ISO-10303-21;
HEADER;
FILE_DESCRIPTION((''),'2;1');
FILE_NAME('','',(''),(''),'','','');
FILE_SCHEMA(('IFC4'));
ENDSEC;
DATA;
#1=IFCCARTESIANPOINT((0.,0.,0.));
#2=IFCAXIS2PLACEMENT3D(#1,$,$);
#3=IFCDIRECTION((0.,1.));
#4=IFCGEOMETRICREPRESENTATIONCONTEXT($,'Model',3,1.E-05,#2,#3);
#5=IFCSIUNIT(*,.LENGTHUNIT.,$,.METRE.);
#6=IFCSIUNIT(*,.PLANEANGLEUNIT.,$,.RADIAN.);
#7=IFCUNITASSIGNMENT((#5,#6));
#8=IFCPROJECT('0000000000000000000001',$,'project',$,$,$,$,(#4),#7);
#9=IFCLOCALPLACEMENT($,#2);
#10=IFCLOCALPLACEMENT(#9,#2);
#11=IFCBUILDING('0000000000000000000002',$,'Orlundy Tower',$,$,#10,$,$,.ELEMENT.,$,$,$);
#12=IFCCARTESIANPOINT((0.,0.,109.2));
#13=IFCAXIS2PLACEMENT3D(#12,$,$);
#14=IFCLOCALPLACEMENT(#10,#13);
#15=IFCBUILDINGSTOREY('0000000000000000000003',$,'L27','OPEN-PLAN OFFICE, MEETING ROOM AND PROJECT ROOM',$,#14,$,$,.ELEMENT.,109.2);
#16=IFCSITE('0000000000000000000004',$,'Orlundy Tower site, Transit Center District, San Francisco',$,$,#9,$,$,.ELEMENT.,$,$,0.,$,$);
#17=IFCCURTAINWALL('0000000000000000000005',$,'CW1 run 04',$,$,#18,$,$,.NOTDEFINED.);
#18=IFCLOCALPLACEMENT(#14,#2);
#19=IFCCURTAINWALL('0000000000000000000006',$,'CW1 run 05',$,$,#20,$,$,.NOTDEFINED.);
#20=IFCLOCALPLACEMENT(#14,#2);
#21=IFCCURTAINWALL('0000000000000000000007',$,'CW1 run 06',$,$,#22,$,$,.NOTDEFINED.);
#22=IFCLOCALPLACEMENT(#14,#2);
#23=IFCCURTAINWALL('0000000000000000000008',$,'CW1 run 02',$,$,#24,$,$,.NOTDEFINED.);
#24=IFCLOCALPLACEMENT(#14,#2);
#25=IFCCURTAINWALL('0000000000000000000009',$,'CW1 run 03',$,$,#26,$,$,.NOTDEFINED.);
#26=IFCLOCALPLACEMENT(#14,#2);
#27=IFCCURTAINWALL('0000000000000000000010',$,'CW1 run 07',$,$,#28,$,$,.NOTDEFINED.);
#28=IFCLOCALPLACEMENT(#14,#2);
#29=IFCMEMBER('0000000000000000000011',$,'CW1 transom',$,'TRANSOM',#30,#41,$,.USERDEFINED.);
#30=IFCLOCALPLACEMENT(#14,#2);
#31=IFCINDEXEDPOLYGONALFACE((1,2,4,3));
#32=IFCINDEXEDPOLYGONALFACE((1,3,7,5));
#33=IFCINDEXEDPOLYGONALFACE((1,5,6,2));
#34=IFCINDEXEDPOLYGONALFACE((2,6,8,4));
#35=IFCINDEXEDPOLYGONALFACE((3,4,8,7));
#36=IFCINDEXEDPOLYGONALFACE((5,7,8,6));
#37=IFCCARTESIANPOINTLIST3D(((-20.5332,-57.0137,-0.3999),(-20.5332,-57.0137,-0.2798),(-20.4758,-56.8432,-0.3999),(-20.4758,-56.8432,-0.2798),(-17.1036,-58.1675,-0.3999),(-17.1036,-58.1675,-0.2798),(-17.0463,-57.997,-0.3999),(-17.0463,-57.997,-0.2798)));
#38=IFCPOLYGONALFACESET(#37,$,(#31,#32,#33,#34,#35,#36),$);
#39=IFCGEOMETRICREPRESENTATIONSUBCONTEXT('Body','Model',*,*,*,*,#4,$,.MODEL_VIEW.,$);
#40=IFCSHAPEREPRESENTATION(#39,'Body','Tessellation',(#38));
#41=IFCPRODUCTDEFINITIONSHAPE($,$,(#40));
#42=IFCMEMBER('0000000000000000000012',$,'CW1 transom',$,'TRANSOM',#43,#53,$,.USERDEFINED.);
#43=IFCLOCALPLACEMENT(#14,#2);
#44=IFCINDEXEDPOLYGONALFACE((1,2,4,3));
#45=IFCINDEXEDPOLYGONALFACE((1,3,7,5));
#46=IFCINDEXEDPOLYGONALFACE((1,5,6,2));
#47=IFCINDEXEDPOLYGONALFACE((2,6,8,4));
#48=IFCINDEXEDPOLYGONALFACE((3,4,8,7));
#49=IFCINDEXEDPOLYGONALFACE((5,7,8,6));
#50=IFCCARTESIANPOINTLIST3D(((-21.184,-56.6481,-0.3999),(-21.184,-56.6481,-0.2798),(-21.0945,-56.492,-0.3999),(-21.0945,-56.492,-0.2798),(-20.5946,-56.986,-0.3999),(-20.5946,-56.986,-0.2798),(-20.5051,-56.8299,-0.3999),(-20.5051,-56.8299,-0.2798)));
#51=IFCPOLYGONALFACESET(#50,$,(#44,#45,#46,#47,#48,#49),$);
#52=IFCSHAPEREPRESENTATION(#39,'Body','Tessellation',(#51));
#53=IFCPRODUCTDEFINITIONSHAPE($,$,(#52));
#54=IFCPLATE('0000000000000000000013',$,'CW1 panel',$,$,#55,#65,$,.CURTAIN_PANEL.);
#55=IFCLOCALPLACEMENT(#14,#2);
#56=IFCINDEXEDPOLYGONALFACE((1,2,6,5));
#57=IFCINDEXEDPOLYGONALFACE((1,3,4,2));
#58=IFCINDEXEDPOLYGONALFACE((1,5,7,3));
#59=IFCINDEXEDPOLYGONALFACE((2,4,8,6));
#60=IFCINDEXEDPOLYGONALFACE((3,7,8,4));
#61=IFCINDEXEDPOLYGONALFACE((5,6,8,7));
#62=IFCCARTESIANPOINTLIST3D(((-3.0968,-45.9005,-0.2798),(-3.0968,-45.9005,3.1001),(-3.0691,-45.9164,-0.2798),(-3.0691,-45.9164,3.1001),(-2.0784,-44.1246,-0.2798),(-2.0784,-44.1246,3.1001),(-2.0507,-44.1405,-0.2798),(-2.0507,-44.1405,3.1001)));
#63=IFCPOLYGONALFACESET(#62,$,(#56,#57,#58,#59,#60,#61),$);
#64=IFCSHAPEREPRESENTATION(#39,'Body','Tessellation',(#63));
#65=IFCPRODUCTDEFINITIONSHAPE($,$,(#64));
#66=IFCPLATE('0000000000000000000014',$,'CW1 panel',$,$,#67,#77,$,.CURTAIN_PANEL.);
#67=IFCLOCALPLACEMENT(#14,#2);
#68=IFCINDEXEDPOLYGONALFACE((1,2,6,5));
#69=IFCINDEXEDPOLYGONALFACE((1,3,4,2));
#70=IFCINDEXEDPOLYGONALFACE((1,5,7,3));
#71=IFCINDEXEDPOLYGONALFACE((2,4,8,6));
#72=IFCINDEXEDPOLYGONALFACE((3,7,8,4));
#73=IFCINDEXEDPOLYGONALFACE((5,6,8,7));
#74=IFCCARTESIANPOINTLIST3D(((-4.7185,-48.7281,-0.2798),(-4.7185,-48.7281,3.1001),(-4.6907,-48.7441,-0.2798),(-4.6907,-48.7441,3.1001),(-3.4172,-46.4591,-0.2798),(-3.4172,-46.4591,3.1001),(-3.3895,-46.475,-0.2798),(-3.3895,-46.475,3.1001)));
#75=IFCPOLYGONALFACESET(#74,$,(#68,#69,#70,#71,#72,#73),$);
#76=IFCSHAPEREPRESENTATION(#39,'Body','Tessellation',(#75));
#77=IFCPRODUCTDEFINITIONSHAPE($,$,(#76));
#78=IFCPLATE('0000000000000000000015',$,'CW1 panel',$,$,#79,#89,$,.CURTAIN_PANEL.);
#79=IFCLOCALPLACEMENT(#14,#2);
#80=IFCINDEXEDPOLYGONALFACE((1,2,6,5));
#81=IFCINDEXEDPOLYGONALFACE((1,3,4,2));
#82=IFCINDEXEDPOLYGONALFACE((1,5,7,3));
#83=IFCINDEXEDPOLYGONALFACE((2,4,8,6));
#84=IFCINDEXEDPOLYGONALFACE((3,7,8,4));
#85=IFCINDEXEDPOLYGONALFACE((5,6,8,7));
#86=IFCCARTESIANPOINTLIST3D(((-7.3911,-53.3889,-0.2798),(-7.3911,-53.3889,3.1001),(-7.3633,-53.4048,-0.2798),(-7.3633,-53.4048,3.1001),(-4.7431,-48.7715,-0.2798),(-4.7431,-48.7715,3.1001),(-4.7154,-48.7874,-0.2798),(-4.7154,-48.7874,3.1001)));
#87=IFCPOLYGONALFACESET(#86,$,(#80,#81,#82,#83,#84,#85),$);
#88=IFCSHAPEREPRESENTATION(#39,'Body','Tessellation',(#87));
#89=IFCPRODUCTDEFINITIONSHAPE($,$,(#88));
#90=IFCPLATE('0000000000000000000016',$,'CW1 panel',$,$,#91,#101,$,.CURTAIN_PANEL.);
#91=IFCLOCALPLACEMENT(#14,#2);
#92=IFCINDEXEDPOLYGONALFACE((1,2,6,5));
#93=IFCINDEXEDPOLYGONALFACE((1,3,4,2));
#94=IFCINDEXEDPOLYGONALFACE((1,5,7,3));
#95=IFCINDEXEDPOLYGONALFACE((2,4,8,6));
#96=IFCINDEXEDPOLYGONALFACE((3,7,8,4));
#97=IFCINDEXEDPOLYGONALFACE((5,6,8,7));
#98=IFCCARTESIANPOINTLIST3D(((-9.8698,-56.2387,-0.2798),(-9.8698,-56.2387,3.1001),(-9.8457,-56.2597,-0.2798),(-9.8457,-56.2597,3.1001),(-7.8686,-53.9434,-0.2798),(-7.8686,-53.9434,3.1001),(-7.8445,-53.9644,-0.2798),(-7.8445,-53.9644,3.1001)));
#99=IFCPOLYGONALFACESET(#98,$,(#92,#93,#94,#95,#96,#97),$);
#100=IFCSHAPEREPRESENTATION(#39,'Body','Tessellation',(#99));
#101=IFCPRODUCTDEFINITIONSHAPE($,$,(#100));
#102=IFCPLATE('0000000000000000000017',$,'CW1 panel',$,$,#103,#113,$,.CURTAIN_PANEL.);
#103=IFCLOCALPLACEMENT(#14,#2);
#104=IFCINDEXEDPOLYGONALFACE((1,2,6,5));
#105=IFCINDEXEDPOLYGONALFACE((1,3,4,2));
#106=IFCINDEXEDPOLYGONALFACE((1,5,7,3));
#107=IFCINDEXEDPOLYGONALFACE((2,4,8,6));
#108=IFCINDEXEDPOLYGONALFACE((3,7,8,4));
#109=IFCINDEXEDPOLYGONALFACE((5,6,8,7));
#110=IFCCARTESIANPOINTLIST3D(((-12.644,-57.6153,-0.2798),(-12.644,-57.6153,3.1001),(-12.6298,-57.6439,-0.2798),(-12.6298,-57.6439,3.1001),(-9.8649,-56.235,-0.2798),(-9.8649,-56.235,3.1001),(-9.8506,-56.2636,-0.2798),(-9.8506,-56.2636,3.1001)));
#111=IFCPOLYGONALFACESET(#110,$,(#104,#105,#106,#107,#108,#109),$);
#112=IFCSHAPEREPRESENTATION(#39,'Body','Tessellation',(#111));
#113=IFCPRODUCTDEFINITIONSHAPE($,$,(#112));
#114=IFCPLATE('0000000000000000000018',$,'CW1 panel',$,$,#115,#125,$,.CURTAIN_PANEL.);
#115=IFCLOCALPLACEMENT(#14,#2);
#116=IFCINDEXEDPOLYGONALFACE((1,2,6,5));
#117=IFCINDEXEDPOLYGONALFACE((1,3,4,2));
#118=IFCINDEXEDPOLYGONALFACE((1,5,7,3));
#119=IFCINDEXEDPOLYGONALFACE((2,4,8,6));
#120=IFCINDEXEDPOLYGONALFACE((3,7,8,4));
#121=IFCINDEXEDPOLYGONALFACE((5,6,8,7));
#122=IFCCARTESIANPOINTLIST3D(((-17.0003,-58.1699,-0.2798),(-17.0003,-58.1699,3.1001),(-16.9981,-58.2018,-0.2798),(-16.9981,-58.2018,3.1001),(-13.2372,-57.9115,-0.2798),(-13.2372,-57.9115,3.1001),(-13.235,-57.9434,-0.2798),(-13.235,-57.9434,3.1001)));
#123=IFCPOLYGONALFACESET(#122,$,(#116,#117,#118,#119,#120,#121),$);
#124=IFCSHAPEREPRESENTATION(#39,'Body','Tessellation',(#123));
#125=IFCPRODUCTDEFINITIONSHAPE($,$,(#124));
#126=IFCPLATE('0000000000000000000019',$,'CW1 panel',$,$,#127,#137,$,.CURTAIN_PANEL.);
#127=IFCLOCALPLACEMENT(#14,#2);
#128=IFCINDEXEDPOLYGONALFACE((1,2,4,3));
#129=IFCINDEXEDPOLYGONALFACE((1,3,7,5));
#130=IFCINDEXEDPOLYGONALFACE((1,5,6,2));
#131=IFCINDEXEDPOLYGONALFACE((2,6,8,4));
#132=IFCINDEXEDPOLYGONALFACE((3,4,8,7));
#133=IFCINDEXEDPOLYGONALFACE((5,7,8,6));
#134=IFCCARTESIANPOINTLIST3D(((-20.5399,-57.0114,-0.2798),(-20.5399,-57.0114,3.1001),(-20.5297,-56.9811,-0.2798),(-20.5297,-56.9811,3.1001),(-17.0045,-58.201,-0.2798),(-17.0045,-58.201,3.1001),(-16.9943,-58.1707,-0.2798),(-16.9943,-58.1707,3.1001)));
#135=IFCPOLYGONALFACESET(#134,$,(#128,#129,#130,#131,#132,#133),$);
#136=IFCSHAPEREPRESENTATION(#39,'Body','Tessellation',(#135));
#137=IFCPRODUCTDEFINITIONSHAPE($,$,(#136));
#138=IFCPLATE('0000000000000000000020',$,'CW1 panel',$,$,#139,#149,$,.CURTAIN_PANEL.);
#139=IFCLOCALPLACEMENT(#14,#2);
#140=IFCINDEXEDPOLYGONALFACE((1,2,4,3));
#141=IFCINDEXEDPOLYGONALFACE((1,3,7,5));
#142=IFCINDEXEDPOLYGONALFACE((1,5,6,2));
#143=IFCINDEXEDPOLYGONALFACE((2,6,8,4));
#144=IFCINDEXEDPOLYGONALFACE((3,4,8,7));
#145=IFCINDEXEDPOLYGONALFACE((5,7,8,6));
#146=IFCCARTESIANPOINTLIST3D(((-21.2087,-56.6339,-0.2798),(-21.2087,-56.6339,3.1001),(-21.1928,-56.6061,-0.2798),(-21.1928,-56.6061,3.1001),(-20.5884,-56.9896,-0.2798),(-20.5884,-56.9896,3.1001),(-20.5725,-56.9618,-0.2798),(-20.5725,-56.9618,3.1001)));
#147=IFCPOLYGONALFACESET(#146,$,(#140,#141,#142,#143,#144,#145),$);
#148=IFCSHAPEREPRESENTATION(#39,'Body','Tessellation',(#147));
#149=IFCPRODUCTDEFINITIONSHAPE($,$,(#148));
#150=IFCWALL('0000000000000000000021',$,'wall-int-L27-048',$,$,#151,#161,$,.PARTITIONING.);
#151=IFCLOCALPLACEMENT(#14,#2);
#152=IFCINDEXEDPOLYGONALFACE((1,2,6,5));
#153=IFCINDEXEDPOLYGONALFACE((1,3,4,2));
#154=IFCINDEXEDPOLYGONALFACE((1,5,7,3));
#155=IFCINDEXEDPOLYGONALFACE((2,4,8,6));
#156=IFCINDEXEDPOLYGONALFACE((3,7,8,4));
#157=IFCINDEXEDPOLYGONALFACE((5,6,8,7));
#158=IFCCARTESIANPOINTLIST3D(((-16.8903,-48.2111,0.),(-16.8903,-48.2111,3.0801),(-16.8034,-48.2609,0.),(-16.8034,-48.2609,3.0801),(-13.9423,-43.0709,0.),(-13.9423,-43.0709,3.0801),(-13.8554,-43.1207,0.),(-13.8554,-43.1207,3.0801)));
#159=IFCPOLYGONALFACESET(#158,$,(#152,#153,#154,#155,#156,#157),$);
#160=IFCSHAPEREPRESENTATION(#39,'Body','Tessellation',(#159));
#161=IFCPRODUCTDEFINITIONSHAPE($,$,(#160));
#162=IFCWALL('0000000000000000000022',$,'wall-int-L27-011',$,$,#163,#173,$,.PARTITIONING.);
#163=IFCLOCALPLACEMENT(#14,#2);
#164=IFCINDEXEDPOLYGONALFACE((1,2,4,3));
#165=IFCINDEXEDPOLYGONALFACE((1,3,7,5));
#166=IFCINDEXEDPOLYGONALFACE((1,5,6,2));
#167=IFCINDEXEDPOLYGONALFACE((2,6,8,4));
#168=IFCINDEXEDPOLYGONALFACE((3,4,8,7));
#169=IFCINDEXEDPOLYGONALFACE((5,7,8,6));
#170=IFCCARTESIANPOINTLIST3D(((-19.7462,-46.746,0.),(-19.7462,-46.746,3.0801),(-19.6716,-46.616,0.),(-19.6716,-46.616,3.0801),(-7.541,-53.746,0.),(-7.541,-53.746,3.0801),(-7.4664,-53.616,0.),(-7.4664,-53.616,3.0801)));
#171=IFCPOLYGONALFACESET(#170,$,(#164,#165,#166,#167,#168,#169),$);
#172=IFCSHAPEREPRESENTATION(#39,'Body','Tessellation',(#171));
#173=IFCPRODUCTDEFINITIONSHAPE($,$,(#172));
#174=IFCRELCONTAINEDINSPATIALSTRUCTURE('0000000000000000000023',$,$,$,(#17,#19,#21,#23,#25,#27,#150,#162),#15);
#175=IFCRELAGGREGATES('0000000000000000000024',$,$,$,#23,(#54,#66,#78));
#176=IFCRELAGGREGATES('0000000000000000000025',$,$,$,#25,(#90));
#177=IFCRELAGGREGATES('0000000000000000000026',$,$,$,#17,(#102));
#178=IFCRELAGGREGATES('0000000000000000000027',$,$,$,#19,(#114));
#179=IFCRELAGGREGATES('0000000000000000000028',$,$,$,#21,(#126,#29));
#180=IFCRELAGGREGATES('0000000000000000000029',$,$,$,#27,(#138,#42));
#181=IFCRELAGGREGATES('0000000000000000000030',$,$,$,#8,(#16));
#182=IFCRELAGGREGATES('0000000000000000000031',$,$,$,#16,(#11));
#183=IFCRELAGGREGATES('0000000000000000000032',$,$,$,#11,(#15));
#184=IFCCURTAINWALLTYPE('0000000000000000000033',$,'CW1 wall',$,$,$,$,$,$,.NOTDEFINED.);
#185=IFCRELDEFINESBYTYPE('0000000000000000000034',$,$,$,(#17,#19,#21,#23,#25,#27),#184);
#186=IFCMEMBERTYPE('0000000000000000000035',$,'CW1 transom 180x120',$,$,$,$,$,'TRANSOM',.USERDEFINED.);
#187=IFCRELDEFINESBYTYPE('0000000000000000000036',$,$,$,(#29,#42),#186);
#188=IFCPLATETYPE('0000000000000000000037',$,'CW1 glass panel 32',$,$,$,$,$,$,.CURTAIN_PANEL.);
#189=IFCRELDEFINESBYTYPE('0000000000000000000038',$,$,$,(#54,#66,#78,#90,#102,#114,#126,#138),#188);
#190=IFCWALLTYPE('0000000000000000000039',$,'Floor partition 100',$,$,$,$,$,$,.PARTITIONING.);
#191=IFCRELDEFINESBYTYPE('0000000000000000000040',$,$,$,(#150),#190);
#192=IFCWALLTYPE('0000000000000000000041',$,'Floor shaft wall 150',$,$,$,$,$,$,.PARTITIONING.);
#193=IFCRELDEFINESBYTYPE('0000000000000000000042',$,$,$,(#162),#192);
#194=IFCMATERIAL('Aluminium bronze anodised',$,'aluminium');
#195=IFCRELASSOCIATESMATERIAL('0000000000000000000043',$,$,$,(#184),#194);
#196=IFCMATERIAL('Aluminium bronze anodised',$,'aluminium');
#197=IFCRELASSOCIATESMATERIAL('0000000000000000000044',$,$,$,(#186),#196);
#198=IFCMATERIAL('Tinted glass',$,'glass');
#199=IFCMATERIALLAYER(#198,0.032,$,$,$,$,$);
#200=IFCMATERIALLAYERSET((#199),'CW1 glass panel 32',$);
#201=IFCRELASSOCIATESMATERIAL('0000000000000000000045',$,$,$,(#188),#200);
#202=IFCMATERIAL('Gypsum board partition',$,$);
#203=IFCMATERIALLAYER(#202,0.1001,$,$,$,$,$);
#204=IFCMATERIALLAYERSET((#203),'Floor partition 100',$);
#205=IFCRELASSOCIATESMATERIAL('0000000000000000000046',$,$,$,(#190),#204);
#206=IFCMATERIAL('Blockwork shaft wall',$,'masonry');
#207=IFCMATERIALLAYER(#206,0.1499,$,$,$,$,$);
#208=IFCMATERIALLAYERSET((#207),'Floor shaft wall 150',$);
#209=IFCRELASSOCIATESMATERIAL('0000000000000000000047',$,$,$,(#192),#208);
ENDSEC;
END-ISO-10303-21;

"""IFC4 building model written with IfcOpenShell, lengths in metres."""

from ifc_helpers import new_model, si_unit, direction, frame, frame_2d, origin, origin_2d, place, context, subcontext, project, spatial, rectangle, extrude, material, layer, layer_set, material_profile, profile_set, type_object, element, aggregate, save


model = new_model("IFC4")

# Units and contexts
model_context = context("Model", 3, precision=1e-05, world=origin(), true_north=direction((0.0, 1.0)))
body_context = subcontext(model_context, "Body", "Model", "MODEL_VIEW")
ifc_project = project(units=[si_unit("LENGTHUNIT", "METRE"), si_unit("PLANEANGLEUNIT", "RADIAN")], contexts=[model_context])

# Site, building, storey
site_placement = place(None, origin())
site = spatial("IfcSite", under=ifc_project, at=site_placement, Name="Orlundy Tower site, Transit Center District, San Francisco", CompositionType="ELEMENT", RefElevation=0.0)
building_placement = place(site_placement, origin())
building = spatial("IfcBuilding", under=site, at=building_placement, Name="Orlundy Tower", CompositionType="ELEMENT")
storey_placement = place(building_placement, frame((0.0, 0.0, 109.2)))
storey = spatial("IfcBuildingStorey", under=building, at=storey_placement, Name="L27", Description="OPEN-PLAN OFFICE, MEETING ROOM AND PROJECT ROOM", CompositionType="ELEMENT", Elevation=109.2)

# Curtain walls
ifc_material_1 = material(Name="Aluminium bronze anodised", Category="aluminium")
curtain_wall_type = type_object("IfcCurtainWallType", Name="CW1 wall", PredefinedType="NOTDEFINED", material=ifc_material_1)
curtain_wall_1_placement = place(storey_placement, origin())
curtain_wall_1 = element("IfcCurtainWall", 1, at=curtain_wall_1_placement, inside=storey, type_object=curtain_wall_type, Name="CW1 run 04", PredefinedType="NOTDEFINED")
curtain_wall_2_placement = place(storey_placement, origin())
curtain_wall_2 = element("IfcCurtainWall", 2, at=curtain_wall_2_placement, inside=storey, type_object=curtain_wall_type, Name="CW1 run 05", PredefinedType="NOTDEFINED")
curtain_wall_3_placement = place(storey_placement, origin())
curtain_wall_3 = element("IfcCurtainWall", 3, at=curtain_wall_3_placement, inside=storey, type_object=curtain_wall_type, Name="CW1 run 06", PredefinedType="NOTDEFINED")
curtain_wall_4_placement = place(storey_placement, origin())
curtain_wall_4 = element("IfcCurtainWall", 4, at=curtain_wall_4_placement, inside=storey, type_object=curtain_wall_type, Name="CW1 run 02", PredefinedType="NOTDEFINED")
curtain_wall_5_placement = place(storey_placement, origin())
curtain_wall_5 = element("IfcCurtainWall", 5, at=curtain_wall_5_placement, inside=storey, type_object=curtain_wall_type, Name="CW1 run 03", PredefinedType="NOTDEFINED")
curtain_wall_6_placement = place(storey_placement, origin())
curtain_wall_6 = element("IfcCurtainWall", 6, at=curtain_wall_6_placement, inside=storey, type_object=curtain_wall_type, Name="CW1 run 07", PredefinedType="NOTDEFINED")

# Members
ifc_material_2 = material(Name="Aluminium bronze anodised", Category="aluminium")
ifc_material_profile_1 = material_profile(ifc_material_2, rectangle(XDim=0.1799, YDim=0.1201, at=origin_2d()), Name="CW1 transom 180x120")
ifc_profile_set_1 = profile_set([ifc_material_profile_1], Name="Aluminium bronze anodised")
member_type_1 = type_object("IfcMemberType", Name="CW1 transom 180x120", ElementType="TRANSOM", PredefinedType="USERDEFINED", material=ifc_profile_set_1)
member_1_placement = place(storey_placement, frame((-17.075, -58.0823, -0.3398), z_axis=(-0.947796, 0.318878, 0.0), x_axis=(-0.318878, -0.947796, 0.0)))
member_1 = element("IfcMember", 7, at=member_1_placement, type_object=member_type_1, Name="CW1 transom", ObjectType="TRANSOM", PredefinedType="USERDEFINED", context=body_context, shape_type="SweptSolid", body=[
    extrude(rectangle(XDim=0.1799, YDim=0.1201, at=origin_2d()), origin(), (0.0, 0.0, 1.0), 3.6184),
])
member_2_placement = place(storey_placement, frame((-20.5498, -56.908, -0.3398), z_axis=(-0.867535, 0.497377, 0.0), x_axis=(-0.497377, -0.867535, 0.0)))
member_2 = element("IfcMember", 8, at=member_2_placement, type_object=member_type_1, Name="CW1 transom", ObjectType="TRANSOM", PredefinedType="USERDEFINED", context=body_context, shape_type="SweptSolid", body=[
    extrude(rectangle(XDim=0.1799, YDim=0.1201, at=origin_2d()), origin(), (0.0, 0.0, 1.0), 0.6794),
])

# Plates
ifc_material_3 = material(Name="Tinted glass", Category="glass")
ifc_layer_1 = layer(ifc_material_3, 0.032)
ifc_layer_set_1 = layer_set([ifc_layer_1], Name="CW1 glass panel 32")
plate_type = type_object("IfcPlateType", Name="CW1 glass panel 32", PredefinedType="CURTAIN_PANEL", material=ifc_layer_set_1)
plate_1_placement = place(storey_placement, frame((-2.5737, -45.0205, -0.2798), z_axis=(0.0, 0.0, 1.0), x_axis=(-0.497473, -0.867479, 0.0)))
plate_1 = element("IfcPlate", 9, at=plate_1_placement, type_object=plate_type, Name="CW1 panel", PredefinedType="CURTAIN_PANEL", context=body_context, shape_type="SweptSolid", body=[
    extrude(rectangle(XDim=2.0471, YDim=0.032, at=origin_2d()), origin(), (0.0, 0.0, 1.0), 3.3799),
])
plate_2_placement = place(storey_placement, frame((-4.054, -47.6016, -0.2798), z_axis=(0.0, 0.0, 1.0), x_axis=(-0.497473, -0.867479, 0.0)))
plate_2 = element("IfcPlate", 10, at=plate_2_placement, type_object=plate_type, Name="CW1 panel", PredefinedType="CURTAIN_PANEL", context=body_context, shape_type="SweptSolid", body=[
    extrude(rectangle(XDim=2.6157, YDim=0.032, at=origin_2d()), origin(), (0.0, 0.0, 1.0), 3.3799),
])
plate_3_placement = place(storey_placement, frame((-6.0532, -51.0881, -0.2798), z_axis=(0.0, 0.0, 1.0), x_axis=(-0.497473, -0.867479, 0.0)))
plate_3 = element("IfcPlate", 11, at=plate_3_placement, type_object=plate_type, Name="CW1 panel", PredefinedType="CURTAIN_PANEL", context=body_context, shape_type="SweptSolid", body=[
    extrude(rectangle(XDim=5.3228, YDim=0.032, at=origin_2d()), origin(), (0.0, 0.0, 1.0), 3.3799),
])
aggregate(curtain_wall_4, [plate_1, plate_2, plate_3])
plate_4_placement = place(storey_placement, frame((-8.8572, -55.1016, -0.2798), z_axis=(0.0, 0.0, 1.0), x_axis=(-0.657167, -0.753745, 0.0)))
plate_4 = element("IfcPlate", 12, at=plate_4_placement, type_object=plate_type, Name="CW1 panel", PredefinedType="CURTAIN_PANEL", context=body_context, shape_type="SweptSolid", body=[
    extrude(rectangle(XDim=3.0452, YDim=0.032, at=origin_2d()), origin(), (0.0, 0.0, 1.0), 3.3799),
])
aggregate(curtain_wall_5, [plate_4])
plate_5_placement = place(storey_placement, frame((-11.2473, -56.9395, -0.2798), z_axis=(0.0, 0.0, 1.0), x_axis=(-0.895611, -0.444838, 0.0)))
plate_5 = element("IfcPlate", 13, at=plate_5_placement, type_object=plate_type, Name="CW1 panel", PredefinedType="CURTAIN_PANEL", context=body_context, shape_type="SweptSolid", body=[
    extrude(rectangle(XDim=3.103, YDim=0.032, at=origin_2d()), origin(), (0.0, 0.0, 1.0), 3.3799),
])
aggregate(curtain_wall_1, [plate_5])
plate_6_placement = place(storey_placement, frame((-15.1177, -58.0566, -0.2798), z_axis=(0.0, 0.0, 1.0), x_axis=(-0.997649, -0.068524, 0.0)))
plate_6 = element("IfcPlate", 14, at=plate_6_placement, type_object=plate_type, Name="CW1 panel", PredefinedType="CURTAIN_PANEL", context=body_context, shape_type="SweptSolid", body=[
    extrude(rectangle(XDim=3.772, YDim=0.032, at=origin_2d()), origin(), (0.0, 0.0, 1.0), 3.3799),
])
aggregate(curtain_wall_2, [plate_6])
plate_7_placement = place(storey_placement, frame((-18.7671, -57.5911, -0.2798), z_axis=(0.0, 0.0, 1.0), x_axis=(-0.947789, 0.318897, 0.0)))
plate_7 = element("IfcPlate", 15, at=plate_7_placement, type_object=plate_type, Name="CW1 panel", PredefinedType="CURTAIN_PANEL", context=body_context, shape_type="SweptSolid", body=[
    extrude(rectangle(XDim=3.7302, YDim=0.032, at=origin_2d()), origin(), (0.0, 0.0, 1.0), 3.3799),
])
aggregate(curtain_wall_3, [plate_7, member_1])
plate_8_placement = place(storey_placement, frame((-20.8906, -56.7979, -0.2798), z_axis=(0.0, 0.0, 1.0), x_axis=(-0.867477, 0.497477, 0.0)))
plate_8 = element("IfcPlate", 16, at=plate_8_placement, type_object=plate_type, Name="CW1 panel", PredefinedType="CURTAIN_PANEL", context=body_context, shape_type="SweptSolid", body=[
    extrude(rectangle(XDim=0.7151, YDim=0.032, at=origin_2d()), origin(), (0.0, 0.0, 1.0), 3.3799),
])
aggregate(curtain_wall_6, [plate_8, member_2])

# Walls
ifc_material_4 = material(Name="Gypsum board partition")
ifc_layer_2 = layer(ifc_material_4, 0.1001)
ifc_layer_set_2 = layer_set([ifc_layer_2], Name="Floor partition 100")
wall_type_1 = type_object("IfcWallType", Name="Floor partition 100", PredefinedType="PARTITIONING", material=ifc_layer_set_2)
wall_1_placement = place(storey_placement, frame((-16.8469, -48.2361, 0.0), z_axis=(0.0, 0.0, 1.0), x_axis=(0.497509, 0.867459, 0.0)))
element("IfcWall", 17, at=wall_1_placement, inside=storey, type_object=wall_type_1, Name="wall-int-L27-048", PredefinedType="PARTITIONING", context=body_context, shape_type="SweptSolid", body=[
    extrude(rectangle(XDim=5.9255, YDim=0.1001, at=frame_2d((2.9629, 0.0))), origin(), (0.0, 0.0, 1.0), 3.0801),
])
ifc_material_5 = material(Name="Blockwork shaft wall", Category="masonry")
ifc_layer_3 = layer(ifc_material_5, 0.1499)
ifc_layer_set_3 = layer_set([ifc_layer_3], Name="Floor shaft wall 150")
wall_type_2 = type_object("IfcWallType", Name="Floor shaft wall 150", PredefinedType="PARTITIONING", material=ifc_layer_set_3)
wall_2_placement = place(storey_placement, frame((-19.709, -46.6809, 0.0), z_axis=(0.0, 0.0, 1.0), x_axis=(0.867456, -0.497514, 0.0)))
element("IfcWall", 18, at=wall_2_placement, inside=storey, type_object=wall_type_2, Name="wall-int-L27-011", PredefinedType="PARTITIONING", context=body_context, shape_type="SweptSolid", body=[
    extrude(rectangle(XDim=14.0701, YDim=0.1499, at=frame_2d((7.0352, 0.0))), origin(), (0.0, 0.0, 1.0), 3.0801),
])

save(model, "model.ifc")
